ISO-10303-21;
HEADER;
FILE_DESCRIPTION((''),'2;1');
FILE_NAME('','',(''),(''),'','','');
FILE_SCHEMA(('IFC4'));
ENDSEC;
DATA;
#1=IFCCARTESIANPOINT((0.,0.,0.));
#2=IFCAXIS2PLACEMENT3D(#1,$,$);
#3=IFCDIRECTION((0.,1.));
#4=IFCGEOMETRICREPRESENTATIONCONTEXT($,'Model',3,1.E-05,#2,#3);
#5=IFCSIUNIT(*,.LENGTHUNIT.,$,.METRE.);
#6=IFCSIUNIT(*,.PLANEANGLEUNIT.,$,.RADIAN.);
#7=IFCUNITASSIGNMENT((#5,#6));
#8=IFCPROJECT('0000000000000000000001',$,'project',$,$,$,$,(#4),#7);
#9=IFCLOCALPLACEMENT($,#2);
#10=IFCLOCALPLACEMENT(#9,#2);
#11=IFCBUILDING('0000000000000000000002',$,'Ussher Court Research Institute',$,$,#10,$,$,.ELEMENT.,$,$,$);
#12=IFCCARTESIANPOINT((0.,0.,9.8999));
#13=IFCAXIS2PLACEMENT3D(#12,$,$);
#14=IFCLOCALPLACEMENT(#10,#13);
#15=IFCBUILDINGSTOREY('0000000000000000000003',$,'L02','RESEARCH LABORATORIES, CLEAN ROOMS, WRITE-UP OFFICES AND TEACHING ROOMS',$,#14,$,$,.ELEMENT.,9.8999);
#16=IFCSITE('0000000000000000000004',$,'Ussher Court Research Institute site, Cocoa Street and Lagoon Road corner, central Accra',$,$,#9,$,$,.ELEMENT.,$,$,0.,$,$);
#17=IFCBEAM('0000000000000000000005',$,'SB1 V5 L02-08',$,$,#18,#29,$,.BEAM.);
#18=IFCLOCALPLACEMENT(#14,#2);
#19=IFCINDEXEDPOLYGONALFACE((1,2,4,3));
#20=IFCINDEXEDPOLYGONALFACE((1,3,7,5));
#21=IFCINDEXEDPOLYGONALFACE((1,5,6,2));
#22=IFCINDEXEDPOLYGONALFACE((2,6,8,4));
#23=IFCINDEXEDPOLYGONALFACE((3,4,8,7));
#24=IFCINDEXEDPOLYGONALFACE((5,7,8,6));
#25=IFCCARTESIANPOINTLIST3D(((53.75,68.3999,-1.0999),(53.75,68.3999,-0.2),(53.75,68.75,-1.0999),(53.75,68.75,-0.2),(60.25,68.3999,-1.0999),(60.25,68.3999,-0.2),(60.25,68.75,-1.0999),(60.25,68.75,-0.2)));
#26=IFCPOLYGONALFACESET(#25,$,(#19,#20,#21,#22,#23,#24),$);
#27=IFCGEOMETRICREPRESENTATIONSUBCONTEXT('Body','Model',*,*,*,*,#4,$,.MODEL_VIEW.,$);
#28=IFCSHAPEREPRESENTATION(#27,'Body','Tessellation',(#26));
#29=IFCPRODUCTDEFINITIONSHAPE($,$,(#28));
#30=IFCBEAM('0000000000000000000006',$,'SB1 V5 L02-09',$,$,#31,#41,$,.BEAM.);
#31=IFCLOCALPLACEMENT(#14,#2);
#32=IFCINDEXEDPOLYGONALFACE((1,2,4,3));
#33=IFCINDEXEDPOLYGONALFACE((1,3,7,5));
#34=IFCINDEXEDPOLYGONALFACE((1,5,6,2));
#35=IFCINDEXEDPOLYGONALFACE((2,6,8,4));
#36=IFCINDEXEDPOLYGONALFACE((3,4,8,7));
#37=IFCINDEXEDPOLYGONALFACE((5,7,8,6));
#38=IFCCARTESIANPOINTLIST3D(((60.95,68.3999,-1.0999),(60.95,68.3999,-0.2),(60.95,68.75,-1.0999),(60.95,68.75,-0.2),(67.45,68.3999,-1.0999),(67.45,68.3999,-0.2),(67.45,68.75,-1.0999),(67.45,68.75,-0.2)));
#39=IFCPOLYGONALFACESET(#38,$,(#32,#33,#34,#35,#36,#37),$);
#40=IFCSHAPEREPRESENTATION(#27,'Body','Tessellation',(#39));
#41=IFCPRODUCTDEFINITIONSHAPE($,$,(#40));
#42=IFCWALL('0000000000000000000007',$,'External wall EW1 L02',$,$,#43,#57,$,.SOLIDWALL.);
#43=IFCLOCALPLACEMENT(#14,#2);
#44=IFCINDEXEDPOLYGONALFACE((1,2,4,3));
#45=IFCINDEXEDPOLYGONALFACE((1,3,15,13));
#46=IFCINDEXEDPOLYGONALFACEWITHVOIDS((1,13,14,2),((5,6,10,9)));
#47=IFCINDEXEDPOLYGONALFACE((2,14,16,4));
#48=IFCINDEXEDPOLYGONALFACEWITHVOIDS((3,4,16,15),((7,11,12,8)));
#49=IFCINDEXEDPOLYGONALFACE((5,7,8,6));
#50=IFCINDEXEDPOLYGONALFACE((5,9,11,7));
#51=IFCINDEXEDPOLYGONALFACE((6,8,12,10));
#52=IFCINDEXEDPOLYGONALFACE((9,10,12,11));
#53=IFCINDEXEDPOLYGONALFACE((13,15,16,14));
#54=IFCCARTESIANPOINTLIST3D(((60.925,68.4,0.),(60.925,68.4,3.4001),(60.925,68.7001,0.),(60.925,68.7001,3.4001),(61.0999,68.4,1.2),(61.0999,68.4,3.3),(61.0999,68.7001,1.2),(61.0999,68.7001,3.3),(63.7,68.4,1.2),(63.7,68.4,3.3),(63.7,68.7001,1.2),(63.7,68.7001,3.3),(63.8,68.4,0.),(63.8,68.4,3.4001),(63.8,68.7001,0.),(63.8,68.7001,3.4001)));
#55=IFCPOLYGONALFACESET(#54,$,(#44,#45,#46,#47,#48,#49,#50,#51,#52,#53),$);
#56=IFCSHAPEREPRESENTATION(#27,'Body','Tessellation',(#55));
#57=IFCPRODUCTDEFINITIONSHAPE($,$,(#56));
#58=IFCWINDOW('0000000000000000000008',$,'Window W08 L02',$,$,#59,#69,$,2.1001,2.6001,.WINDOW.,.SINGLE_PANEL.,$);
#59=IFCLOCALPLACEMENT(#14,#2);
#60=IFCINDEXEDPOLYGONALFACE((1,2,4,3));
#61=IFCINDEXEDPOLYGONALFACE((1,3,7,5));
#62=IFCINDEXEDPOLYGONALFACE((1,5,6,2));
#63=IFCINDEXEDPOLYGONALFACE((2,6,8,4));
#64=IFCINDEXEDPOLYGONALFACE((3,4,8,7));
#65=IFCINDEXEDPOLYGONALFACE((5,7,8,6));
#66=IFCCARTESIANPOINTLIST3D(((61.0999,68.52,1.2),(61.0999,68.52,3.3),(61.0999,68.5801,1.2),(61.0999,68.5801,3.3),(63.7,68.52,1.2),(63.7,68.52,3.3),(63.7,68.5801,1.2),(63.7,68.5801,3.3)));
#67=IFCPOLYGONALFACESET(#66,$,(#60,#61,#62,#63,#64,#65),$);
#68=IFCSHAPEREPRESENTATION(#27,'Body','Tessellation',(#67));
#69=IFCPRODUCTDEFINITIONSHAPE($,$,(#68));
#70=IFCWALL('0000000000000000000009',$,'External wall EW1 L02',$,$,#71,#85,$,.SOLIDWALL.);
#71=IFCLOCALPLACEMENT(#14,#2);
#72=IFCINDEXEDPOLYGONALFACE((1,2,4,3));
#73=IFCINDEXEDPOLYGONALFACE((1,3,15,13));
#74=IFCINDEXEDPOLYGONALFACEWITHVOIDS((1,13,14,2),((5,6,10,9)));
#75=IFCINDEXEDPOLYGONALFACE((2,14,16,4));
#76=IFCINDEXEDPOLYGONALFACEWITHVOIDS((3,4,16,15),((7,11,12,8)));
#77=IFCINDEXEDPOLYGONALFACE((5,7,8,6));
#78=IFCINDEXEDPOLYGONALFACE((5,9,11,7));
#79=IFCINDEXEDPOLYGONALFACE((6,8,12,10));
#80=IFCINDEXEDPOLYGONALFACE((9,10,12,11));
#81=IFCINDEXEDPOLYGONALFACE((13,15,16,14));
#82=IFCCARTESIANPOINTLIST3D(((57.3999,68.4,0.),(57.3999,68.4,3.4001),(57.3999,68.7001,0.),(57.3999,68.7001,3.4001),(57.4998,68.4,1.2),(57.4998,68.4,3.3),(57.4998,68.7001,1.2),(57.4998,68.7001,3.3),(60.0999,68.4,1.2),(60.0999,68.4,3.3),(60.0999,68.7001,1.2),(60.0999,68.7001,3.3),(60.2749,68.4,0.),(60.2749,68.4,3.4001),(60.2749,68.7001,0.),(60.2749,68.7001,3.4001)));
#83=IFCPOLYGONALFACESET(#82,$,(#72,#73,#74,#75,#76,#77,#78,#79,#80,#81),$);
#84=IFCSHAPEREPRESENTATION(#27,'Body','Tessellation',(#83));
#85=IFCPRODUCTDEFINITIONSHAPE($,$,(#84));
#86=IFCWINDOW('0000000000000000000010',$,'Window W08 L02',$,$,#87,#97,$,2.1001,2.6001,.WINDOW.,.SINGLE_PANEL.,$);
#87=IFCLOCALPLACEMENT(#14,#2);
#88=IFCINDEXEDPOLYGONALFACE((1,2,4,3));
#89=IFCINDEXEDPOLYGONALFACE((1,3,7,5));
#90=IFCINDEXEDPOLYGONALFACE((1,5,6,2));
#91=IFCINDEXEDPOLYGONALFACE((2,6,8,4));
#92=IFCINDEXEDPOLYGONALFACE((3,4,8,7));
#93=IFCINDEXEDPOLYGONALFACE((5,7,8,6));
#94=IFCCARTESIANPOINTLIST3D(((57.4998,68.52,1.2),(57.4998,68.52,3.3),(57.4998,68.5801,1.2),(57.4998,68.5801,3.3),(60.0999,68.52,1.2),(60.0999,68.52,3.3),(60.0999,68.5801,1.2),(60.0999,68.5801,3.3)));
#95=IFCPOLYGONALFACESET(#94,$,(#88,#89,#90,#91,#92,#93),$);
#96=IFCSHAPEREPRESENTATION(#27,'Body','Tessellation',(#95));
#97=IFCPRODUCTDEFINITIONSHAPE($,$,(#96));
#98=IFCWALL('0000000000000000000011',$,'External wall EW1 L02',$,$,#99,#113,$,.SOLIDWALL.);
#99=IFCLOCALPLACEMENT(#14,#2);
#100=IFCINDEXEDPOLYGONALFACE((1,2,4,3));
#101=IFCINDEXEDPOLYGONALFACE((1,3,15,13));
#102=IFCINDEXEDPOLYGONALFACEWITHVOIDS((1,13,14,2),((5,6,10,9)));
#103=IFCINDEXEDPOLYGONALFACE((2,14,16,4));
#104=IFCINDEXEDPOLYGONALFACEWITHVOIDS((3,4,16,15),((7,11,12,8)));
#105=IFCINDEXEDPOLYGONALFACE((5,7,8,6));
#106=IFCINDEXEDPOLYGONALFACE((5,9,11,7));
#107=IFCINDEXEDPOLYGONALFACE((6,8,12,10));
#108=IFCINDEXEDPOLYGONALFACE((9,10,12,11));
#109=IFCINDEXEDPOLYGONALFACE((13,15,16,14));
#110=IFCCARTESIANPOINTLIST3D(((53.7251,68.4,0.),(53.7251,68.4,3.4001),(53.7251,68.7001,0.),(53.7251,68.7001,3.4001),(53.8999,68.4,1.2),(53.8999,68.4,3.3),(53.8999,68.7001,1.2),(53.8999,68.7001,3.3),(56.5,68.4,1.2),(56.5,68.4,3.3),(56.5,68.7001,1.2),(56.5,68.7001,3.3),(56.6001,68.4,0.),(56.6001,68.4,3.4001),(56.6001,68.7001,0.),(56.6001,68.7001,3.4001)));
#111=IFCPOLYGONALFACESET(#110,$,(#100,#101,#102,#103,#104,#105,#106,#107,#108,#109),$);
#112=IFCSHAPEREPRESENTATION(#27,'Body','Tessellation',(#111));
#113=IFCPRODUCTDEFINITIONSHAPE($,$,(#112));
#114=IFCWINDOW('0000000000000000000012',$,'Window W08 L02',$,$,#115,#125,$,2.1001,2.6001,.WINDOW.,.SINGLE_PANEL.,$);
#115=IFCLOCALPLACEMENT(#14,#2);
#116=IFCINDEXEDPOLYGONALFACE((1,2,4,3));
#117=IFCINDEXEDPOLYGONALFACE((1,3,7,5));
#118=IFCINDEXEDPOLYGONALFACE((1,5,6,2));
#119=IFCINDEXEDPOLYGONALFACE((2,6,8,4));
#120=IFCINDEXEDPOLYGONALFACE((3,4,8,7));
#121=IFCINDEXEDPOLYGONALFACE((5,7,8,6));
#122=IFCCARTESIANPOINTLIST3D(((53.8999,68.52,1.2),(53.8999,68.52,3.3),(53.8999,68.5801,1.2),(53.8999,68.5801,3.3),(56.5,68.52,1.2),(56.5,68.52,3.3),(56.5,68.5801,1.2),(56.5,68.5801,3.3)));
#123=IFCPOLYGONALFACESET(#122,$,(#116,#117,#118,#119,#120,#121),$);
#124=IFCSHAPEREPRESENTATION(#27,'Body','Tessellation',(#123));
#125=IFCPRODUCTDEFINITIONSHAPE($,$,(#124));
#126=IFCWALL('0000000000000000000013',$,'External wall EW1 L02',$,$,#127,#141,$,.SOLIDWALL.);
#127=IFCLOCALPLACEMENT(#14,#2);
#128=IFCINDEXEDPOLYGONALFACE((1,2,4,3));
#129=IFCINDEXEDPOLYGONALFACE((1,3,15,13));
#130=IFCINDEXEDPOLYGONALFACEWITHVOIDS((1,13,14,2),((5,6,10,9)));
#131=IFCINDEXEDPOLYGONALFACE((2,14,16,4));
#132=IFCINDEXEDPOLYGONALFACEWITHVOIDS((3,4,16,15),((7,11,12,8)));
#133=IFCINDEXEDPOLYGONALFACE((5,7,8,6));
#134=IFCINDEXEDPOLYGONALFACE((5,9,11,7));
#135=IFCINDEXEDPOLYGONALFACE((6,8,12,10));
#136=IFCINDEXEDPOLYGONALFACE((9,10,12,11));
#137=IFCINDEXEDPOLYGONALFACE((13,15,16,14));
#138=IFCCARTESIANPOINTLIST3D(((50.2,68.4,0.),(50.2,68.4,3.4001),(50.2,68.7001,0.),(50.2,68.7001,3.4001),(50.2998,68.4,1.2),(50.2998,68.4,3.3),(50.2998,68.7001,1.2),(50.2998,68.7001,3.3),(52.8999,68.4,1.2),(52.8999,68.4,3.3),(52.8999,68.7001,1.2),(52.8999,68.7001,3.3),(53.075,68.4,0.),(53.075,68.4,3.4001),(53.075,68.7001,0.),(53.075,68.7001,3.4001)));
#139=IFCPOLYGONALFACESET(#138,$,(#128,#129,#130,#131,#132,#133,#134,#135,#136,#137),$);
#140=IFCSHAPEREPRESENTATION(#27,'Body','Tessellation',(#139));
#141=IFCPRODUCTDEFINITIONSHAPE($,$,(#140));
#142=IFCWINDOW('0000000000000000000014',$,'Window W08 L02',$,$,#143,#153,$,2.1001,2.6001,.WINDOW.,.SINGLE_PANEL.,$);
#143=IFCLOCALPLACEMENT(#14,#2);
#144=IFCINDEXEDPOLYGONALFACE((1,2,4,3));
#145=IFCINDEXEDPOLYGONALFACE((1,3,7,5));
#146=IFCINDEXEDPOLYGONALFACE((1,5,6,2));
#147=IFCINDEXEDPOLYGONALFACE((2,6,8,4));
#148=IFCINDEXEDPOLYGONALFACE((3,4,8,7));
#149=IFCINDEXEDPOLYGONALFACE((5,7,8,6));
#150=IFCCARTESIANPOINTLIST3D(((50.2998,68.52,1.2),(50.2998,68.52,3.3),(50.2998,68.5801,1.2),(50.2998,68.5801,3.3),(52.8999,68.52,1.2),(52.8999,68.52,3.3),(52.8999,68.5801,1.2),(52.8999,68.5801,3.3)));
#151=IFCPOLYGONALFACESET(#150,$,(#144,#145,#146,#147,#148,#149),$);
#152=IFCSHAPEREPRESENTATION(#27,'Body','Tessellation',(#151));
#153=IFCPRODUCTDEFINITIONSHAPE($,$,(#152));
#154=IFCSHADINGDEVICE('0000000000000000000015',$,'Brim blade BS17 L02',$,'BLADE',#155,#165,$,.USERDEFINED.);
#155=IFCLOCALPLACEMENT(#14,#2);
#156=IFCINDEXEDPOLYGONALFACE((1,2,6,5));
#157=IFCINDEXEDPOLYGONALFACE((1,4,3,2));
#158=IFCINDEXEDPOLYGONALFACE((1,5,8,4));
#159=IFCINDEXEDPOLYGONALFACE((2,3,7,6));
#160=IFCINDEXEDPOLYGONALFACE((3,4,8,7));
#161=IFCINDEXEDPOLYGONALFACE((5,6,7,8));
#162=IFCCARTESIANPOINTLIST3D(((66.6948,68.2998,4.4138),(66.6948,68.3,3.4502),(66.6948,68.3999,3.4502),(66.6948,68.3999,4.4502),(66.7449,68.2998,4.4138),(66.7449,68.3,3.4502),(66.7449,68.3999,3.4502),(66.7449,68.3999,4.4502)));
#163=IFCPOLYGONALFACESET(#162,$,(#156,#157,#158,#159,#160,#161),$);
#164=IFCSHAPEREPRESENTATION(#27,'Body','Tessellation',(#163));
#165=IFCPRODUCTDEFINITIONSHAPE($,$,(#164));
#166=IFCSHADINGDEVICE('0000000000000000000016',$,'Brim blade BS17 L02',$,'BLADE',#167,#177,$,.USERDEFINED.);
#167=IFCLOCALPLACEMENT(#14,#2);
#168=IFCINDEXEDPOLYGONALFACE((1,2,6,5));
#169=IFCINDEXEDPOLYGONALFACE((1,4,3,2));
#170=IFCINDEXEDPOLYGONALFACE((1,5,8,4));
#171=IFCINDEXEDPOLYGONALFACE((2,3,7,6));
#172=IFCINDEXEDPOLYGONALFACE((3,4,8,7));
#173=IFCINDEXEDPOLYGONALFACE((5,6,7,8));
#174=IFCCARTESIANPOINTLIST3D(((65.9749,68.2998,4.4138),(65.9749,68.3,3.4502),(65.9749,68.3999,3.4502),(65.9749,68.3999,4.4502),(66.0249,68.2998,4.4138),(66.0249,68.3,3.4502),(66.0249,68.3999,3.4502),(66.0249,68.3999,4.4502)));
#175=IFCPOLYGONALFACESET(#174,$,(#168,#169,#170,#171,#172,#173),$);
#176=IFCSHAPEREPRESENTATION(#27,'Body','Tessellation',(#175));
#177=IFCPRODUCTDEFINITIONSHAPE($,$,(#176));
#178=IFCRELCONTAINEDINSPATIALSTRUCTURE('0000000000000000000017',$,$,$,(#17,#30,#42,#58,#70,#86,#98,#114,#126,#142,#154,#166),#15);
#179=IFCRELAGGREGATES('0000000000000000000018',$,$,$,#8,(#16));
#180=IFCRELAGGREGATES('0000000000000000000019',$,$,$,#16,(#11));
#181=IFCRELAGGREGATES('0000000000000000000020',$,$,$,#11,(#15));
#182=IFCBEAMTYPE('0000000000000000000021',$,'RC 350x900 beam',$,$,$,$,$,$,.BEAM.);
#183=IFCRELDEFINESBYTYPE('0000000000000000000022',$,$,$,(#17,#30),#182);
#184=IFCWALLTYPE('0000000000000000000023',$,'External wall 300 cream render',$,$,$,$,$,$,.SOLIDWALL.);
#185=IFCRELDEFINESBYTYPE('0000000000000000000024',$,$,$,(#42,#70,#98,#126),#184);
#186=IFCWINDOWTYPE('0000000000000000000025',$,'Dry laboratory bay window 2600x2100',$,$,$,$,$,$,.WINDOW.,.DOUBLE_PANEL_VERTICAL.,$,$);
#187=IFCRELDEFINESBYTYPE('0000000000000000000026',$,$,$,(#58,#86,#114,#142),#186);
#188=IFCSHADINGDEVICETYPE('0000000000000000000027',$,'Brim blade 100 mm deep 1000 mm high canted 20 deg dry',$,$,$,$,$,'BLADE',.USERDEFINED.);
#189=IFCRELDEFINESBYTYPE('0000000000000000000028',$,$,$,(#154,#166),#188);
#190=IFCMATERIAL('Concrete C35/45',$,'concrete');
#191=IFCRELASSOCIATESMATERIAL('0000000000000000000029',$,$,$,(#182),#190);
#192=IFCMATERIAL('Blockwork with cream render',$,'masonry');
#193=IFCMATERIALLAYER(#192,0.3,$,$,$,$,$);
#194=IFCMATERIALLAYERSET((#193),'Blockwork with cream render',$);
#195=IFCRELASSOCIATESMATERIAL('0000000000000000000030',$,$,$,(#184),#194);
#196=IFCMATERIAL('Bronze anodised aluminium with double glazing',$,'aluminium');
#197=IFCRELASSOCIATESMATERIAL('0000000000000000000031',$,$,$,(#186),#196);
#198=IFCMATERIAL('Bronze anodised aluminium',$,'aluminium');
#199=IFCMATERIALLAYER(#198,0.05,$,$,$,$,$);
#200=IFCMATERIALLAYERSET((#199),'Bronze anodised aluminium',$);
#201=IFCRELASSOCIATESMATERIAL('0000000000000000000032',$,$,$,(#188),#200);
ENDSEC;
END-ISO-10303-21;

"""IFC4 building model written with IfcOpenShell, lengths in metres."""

from ifc_helpers import new_model, si_unit, direction, frame, frame_2d, origin, origin_2d, place, context, subcontext, project, spatial, polyline, rectangle, outline, extrude, material, layer, layer_set, material_profile, profile_set, type_object, element, fill, save


model = new_model("IFC4")

# Units and contexts
model_context = context("Model", 3, precision=1e-05, world=origin(), true_north=direction((0.0, 1.0)))
body_context = subcontext(model_context, "Body", "Model", "MODEL_VIEW")
ifc_project = project(units=[si_unit("LENGTHUNIT", "METRE"), si_unit("PLANEANGLEUNIT", "RADIAN")], contexts=[model_context])

# Site, building, storey
site_placement = place(None, origin())
site = spatial("IfcSite", under=ifc_project, at=site_placement, Name="Ussher Court Research Institute site, Cocoa Street and Lagoon Road corner, central Accra", CompositionType="ELEMENT", RefElevation=0.0)
building_placement = place(site_placement, origin())
building = spatial("IfcBuilding", under=site, at=building_placement, Name="Ussher Court Research Institute", CompositionType="ELEMENT")
storey_placement = place(building_placement, frame((0.0, 0.0, 9.8999)))
storey = spatial("IfcBuildingStorey", under=building, at=storey_placement, Name="L02", Description="RESEARCH LABORATORIES, CLEAN ROOMS, WRITE-UP OFFICES AND TEACHING ROOMS", CompositionType="ELEMENT", Elevation=9.8999)

# Beams
ifc_material_1 = material(Name="Concrete C35/45", Category="concrete")
ifc_material_profile = material_profile(ifc_material_1, rectangle(XDim=0.3501, YDim=0.8999, at=origin_2d()), Name="RC 350x900")
ifc_profile_set = profile_set([ifc_material_profile], Name="Concrete C35/45")
beam_type = type_object("IfcBeamType", Name="RC 350x900 beam", PredefinedType="BEAM", material=ifc_profile_set)
for number, where, z_axis, x_axis, name in (
    (1, (53.75, 68.575, -0.6499), (1.0, 0.0, 0.0), (0.0, 1.0, 0.0), "SB1 V5 L02-08"),
    (2, (60.95, 68.575, -0.6499), (1.0, 0.0, 0.0), (0.0, 1.0, 0.0), "SB1 V5 L02-09"),
):
    element("IfcBeam", number, at=place(storey_placement, frame(where, z_axis=z_axis, x_axis=x_axis)), inside=storey, type_object=beam_type, Name=name, PredefinedType="BEAM", context=body_context, shape_type="SweptSolid", body=[
        extrude(rectangle(XDim=0.3501, YDim=0.8999, at=origin_2d()), origin(), (0.0, 0.0, 1.0), 6.5),
    ])

# Walls, openings, windows
ifc_material_2 = material(Name="Blockwork with cream render", Category="masonry")
ifc_layer_1 = layer(ifc_material_2, 0.3)
ifc_layer_set_1 = layer_set([ifc_layer_1], Name="Blockwork with cream render")
wall_type = type_object("IfcWallType", Name="External wall 300 cream render", PredefinedType="SOLIDWALL", material=ifc_layer_set_1)
wall_1_placement = place(storey_placement, frame((63.8, 68.55, 0.0), z_axis=(0.0, 0.0, 1.0), x_axis=(-1.0, 0.0, 0.0)))
wall_1 = element("IfcWall", 3, at=wall_1_placement, inside=storey, type_object=wall_type, Name="External wall EW1 L02", PredefinedType="SOLIDWALL", context=body_context, shape_type="SweptSolid", body=[
    extrude(rectangle(XDim=2.875, YDim=0.3, at=frame_2d((1.4375, 0.0))), origin(), (0.0, 0.0, 1.0), 3.4001),
])
opening_1_placement = place(wall_1_placement, frame((0.1001, 0.0, 1.2)))
opening_1 = element("IfcOpeningElement", 4, at=opening_1_placement, cuts=wall_1, PredefinedType="OPENING", context=body_context, shape_type="SweptSolid", body=[
    extrude(rectangle(XDim=2.6001, YDim=2.1001, at=frame_2d((1.3, 1.05))), frame((0.0, 0.1602, 0.0), z_axis=(0.0, -1.0, 0.0), x_axis=(1.0, 0.0, 0.0)), (0.0, 0.0, 1.0), 0.3201),
])
ifc_material_3 = material(Name="Bronze anodised aluminium with double glazing", Category="aluminium")
window_type = type_object("IfcWindowType", Name="Dry laboratory bay window 2600x2100", PartitioningType="DOUBLE_PANEL_VERTICAL", PredefinedType="WINDOW", material=ifc_material_3)
window_1_placement = place(opening_1_placement, origin())
window_1 = element("IfcWindow", 5, at=window_1_placement, inside=storey, type_object=window_type, Name="Window W08 L02", OverallHeight=2.1001, OverallWidth=2.6001, PartitioningType="SINGLE_PANEL", PredefinedType="WINDOW", context=body_context, shape_type="SweptSolid", body=[
    extrude(rectangle(XDim=2.6001, YDim=2.1001, at=frame_2d((1.3, 1.05))), frame((0.0, 0.03, 0.0), z_axis=(0.0, -1.0, 0.0), x_axis=(1.0, 0.0, 0.0)), (0.0, 0.0, 1.0), 0.0601),
])
fill(opening_1, window_1)
wall_2_placement = place(storey_placement, frame((60.2749, 68.55, 0.0), z_axis=(0.0, 0.0, 1.0), x_axis=(-1.0, 0.0, 0.0)))
wall_2 = element("IfcWall", 6, at=wall_2_placement, inside=storey, type_object=wall_type, Name="External wall EW1 L02", PredefinedType="SOLIDWALL", context=body_context, shape_type="SweptSolid", body=[
    extrude(rectangle(XDim=2.875, YDim=0.3, at=frame_2d((1.4375, 0.0))), origin(), (0.0, 0.0, 1.0), 3.4001),
])
opening_2_placement = place(wall_2_placement, frame((0.175, 0.0, 1.2)))
opening_2 = element("IfcOpeningElement", 7, at=opening_2_placement, cuts=wall_2, PredefinedType="OPENING", context=body_context, shape_type="SweptSolid", body=[
    extrude(rectangle(XDim=2.6001, YDim=2.1001, at=frame_2d((1.3, 1.05))), frame((0.0, 0.1602, 0.0), z_axis=(0.0, -1.0, 0.0), x_axis=(1.0, 0.0, 0.0)), (0.0, 0.0, 1.0), 0.3201),
])
window_2_placement = place(opening_2_placement, origin())
window_2 = element("IfcWindow", 8, at=window_2_placement, inside=storey, type_object=window_type, Name="Window W08 L02", OverallHeight=2.1001, OverallWidth=2.6001, PartitioningType="SINGLE_PANEL", PredefinedType="WINDOW", context=body_context, shape_type="SweptSolid", body=[
    extrude(rectangle(XDim=2.6001, YDim=2.1001, at=frame_2d((1.3, 1.05))), frame((0.0, 0.03, 0.0), z_axis=(0.0, -1.0, 0.0), x_axis=(1.0, 0.0, 0.0)), (0.0, 0.0, 1.0), 0.0601),
])
fill(opening_2, window_2)
wall_3_placement = place(storey_placement, frame((56.6001, 68.55, 0.0), z_axis=(0.0, 0.0, 1.0), x_axis=(-1.0, 0.0, 0.0)))
wall_3 = element("IfcWall", 9, at=wall_3_placement, inside=storey, type_object=wall_type, Name="External wall EW1 L02", PredefinedType="SOLIDWALL", context=body_context, shape_type="SweptSolid", body=[
    extrude(rectangle(XDim=2.875, YDim=0.3, at=frame_2d((1.4375, 0.0))), origin(), (0.0, 0.0, 1.0), 3.4001),
])
opening_3_placement = place(wall_3_placement, frame((0.1001, 0.0, 1.2)))
opening_3 = element("IfcOpeningElement", 10, at=opening_3_placement, cuts=wall_3, PredefinedType="OPENING", context=body_context, shape_type="SweptSolid", body=[
    extrude(rectangle(XDim=2.6001, YDim=2.1001, at=frame_2d((1.3, 1.05))), frame((0.0, 0.1602, 0.0), z_axis=(0.0, -1.0, 0.0), x_axis=(1.0, 0.0, 0.0)), (0.0, 0.0, 1.0), 0.3201),
])
window_3_placement = place(opening_3_placement, origin())
window_3 = element("IfcWindow", 11, at=window_3_placement, inside=storey, type_object=window_type, Name="Window W08 L02", OverallHeight=2.1001, OverallWidth=2.6001, PartitioningType="SINGLE_PANEL", PredefinedType="WINDOW", context=body_context, shape_type="SweptSolid", body=[
    extrude(rectangle(XDim=2.6001, YDim=2.1001, at=frame_2d((1.3, 1.05))), frame((0.0, 0.03, 0.0), z_axis=(0.0, -1.0, 0.0), x_axis=(1.0, 0.0, 0.0)), (0.0, 0.0, 1.0), 0.0601),
])
fill(opening_3, window_3)
wall_4_placement = place(storey_placement, frame((53.075, 68.55, 0.0), z_axis=(0.0, 0.0, 1.0), x_axis=(-1.0, 0.0, 0.0)))
wall_4 = element("IfcWall", 12, at=wall_4_placement, inside=storey, type_object=wall_type, Name="External wall EW1 L02", PredefinedType="SOLIDWALL", context=body_context, shape_type="SweptSolid", body=[
    extrude(rectangle(XDim=2.875, YDim=0.3, at=frame_2d((1.4375, 0.0))), origin(), (0.0, 0.0, 1.0), 3.4001),
])
opening_4_placement = place(wall_4_placement, frame((0.175, 0.0, 1.2)))
opening_4 = element("IfcOpeningElement", 13, at=opening_4_placement, cuts=wall_4, PredefinedType="OPENING", context=body_context, shape_type="SweptSolid", body=[
    extrude(rectangle(XDim=2.6001, YDim=2.1001, at=frame_2d((1.3, 1.05))), frame((0.0, 0.1602, 0.0), z_axis=(0.0, -1.0, 0.0), x_axis=(1.0, 0.0, 0.0)), (0.0, 0.0, 1.0), 0.3201),
])
window_4_placement = place(opening_4_placement, origin())
window_4 = element("IfcWindow", 14, at=window_4_placement, inside=storey, type_object=window_type, Name="Window W08 L02", OverallHeight=2.1001, OverallWidth=2.6001, PartitioningType="SINGLE_PANEL", PredefinedType="WINDOW", context=body_context, shape_type="SweptSolid", body=[
    extrude(rectangle(XDim=2.6001, YDim=2.1001, at=frame_2d((1.3, 1.05))), frame((0.0, 0.03, 0.0), z_axis=(0.0, -1.0, 0.0), x_axis=(1.0, 0.0, 0.0)), (0.0, 0.0, 1.0), 0.0601),
])
fill(opening_4, window_4)

# Shading devices
ifc_material_4 = material(Name="Bronze anodised aluminium", Category="aluminium")
ifc_layer_2 = layer(ifc_material_4, 0.05)
ifc_layer_set_2 = layer_set([ifc_layer_2], Name="Bronze anodised aluminium")
shading_device_type_1 = type_object("IfcShadingDeviceType", Name="Brim blade 100 mm deep 1000 mm high canted 20 deg dry", ElementType="BLADE", PredefinedType="USERDEFINED", material=ifc_layer_set_2)
for number, where, z_axis, x_axis, name in (
    (15, (66.72, 68.3999, 3.4502), (0.0, 0.0, 1.0), (0.0, -1.0, 0.0), "Brim blade BS17 L02"),
    (16, (66.0, 68.3999, 3.4502), (0.0, 0.0, 1.0), (0.0, -1.0, 0.0), "Brim blade BS17 L02"),
):
    element("IfcShadingDevice", number, at=place(storey_placement, frame(where, z_axis=z_axis, x_axis=x_axis)), inside=storey, type_object=shading_device_type_1, Name=name, ObjectType="BLADE", PredefinedType="USERDEFINED", context=body_context, shape_type="SweptSolid", body=[
        extrude(outline(polyline([(0.0, 0.0), (0.0999, 0.0), (0.1001, 0.9636), (0.0, 1.0), (0.0, 0.0)])), frame((0.0, 0.0249, 0.0), z_axis=(0.0, -1.0, 0.0), x_axis=(1.0, 0.0, 0.0)), (0.0, 0.0, 1.0), 0.05),
    ])

save(model, "model.ifc")
